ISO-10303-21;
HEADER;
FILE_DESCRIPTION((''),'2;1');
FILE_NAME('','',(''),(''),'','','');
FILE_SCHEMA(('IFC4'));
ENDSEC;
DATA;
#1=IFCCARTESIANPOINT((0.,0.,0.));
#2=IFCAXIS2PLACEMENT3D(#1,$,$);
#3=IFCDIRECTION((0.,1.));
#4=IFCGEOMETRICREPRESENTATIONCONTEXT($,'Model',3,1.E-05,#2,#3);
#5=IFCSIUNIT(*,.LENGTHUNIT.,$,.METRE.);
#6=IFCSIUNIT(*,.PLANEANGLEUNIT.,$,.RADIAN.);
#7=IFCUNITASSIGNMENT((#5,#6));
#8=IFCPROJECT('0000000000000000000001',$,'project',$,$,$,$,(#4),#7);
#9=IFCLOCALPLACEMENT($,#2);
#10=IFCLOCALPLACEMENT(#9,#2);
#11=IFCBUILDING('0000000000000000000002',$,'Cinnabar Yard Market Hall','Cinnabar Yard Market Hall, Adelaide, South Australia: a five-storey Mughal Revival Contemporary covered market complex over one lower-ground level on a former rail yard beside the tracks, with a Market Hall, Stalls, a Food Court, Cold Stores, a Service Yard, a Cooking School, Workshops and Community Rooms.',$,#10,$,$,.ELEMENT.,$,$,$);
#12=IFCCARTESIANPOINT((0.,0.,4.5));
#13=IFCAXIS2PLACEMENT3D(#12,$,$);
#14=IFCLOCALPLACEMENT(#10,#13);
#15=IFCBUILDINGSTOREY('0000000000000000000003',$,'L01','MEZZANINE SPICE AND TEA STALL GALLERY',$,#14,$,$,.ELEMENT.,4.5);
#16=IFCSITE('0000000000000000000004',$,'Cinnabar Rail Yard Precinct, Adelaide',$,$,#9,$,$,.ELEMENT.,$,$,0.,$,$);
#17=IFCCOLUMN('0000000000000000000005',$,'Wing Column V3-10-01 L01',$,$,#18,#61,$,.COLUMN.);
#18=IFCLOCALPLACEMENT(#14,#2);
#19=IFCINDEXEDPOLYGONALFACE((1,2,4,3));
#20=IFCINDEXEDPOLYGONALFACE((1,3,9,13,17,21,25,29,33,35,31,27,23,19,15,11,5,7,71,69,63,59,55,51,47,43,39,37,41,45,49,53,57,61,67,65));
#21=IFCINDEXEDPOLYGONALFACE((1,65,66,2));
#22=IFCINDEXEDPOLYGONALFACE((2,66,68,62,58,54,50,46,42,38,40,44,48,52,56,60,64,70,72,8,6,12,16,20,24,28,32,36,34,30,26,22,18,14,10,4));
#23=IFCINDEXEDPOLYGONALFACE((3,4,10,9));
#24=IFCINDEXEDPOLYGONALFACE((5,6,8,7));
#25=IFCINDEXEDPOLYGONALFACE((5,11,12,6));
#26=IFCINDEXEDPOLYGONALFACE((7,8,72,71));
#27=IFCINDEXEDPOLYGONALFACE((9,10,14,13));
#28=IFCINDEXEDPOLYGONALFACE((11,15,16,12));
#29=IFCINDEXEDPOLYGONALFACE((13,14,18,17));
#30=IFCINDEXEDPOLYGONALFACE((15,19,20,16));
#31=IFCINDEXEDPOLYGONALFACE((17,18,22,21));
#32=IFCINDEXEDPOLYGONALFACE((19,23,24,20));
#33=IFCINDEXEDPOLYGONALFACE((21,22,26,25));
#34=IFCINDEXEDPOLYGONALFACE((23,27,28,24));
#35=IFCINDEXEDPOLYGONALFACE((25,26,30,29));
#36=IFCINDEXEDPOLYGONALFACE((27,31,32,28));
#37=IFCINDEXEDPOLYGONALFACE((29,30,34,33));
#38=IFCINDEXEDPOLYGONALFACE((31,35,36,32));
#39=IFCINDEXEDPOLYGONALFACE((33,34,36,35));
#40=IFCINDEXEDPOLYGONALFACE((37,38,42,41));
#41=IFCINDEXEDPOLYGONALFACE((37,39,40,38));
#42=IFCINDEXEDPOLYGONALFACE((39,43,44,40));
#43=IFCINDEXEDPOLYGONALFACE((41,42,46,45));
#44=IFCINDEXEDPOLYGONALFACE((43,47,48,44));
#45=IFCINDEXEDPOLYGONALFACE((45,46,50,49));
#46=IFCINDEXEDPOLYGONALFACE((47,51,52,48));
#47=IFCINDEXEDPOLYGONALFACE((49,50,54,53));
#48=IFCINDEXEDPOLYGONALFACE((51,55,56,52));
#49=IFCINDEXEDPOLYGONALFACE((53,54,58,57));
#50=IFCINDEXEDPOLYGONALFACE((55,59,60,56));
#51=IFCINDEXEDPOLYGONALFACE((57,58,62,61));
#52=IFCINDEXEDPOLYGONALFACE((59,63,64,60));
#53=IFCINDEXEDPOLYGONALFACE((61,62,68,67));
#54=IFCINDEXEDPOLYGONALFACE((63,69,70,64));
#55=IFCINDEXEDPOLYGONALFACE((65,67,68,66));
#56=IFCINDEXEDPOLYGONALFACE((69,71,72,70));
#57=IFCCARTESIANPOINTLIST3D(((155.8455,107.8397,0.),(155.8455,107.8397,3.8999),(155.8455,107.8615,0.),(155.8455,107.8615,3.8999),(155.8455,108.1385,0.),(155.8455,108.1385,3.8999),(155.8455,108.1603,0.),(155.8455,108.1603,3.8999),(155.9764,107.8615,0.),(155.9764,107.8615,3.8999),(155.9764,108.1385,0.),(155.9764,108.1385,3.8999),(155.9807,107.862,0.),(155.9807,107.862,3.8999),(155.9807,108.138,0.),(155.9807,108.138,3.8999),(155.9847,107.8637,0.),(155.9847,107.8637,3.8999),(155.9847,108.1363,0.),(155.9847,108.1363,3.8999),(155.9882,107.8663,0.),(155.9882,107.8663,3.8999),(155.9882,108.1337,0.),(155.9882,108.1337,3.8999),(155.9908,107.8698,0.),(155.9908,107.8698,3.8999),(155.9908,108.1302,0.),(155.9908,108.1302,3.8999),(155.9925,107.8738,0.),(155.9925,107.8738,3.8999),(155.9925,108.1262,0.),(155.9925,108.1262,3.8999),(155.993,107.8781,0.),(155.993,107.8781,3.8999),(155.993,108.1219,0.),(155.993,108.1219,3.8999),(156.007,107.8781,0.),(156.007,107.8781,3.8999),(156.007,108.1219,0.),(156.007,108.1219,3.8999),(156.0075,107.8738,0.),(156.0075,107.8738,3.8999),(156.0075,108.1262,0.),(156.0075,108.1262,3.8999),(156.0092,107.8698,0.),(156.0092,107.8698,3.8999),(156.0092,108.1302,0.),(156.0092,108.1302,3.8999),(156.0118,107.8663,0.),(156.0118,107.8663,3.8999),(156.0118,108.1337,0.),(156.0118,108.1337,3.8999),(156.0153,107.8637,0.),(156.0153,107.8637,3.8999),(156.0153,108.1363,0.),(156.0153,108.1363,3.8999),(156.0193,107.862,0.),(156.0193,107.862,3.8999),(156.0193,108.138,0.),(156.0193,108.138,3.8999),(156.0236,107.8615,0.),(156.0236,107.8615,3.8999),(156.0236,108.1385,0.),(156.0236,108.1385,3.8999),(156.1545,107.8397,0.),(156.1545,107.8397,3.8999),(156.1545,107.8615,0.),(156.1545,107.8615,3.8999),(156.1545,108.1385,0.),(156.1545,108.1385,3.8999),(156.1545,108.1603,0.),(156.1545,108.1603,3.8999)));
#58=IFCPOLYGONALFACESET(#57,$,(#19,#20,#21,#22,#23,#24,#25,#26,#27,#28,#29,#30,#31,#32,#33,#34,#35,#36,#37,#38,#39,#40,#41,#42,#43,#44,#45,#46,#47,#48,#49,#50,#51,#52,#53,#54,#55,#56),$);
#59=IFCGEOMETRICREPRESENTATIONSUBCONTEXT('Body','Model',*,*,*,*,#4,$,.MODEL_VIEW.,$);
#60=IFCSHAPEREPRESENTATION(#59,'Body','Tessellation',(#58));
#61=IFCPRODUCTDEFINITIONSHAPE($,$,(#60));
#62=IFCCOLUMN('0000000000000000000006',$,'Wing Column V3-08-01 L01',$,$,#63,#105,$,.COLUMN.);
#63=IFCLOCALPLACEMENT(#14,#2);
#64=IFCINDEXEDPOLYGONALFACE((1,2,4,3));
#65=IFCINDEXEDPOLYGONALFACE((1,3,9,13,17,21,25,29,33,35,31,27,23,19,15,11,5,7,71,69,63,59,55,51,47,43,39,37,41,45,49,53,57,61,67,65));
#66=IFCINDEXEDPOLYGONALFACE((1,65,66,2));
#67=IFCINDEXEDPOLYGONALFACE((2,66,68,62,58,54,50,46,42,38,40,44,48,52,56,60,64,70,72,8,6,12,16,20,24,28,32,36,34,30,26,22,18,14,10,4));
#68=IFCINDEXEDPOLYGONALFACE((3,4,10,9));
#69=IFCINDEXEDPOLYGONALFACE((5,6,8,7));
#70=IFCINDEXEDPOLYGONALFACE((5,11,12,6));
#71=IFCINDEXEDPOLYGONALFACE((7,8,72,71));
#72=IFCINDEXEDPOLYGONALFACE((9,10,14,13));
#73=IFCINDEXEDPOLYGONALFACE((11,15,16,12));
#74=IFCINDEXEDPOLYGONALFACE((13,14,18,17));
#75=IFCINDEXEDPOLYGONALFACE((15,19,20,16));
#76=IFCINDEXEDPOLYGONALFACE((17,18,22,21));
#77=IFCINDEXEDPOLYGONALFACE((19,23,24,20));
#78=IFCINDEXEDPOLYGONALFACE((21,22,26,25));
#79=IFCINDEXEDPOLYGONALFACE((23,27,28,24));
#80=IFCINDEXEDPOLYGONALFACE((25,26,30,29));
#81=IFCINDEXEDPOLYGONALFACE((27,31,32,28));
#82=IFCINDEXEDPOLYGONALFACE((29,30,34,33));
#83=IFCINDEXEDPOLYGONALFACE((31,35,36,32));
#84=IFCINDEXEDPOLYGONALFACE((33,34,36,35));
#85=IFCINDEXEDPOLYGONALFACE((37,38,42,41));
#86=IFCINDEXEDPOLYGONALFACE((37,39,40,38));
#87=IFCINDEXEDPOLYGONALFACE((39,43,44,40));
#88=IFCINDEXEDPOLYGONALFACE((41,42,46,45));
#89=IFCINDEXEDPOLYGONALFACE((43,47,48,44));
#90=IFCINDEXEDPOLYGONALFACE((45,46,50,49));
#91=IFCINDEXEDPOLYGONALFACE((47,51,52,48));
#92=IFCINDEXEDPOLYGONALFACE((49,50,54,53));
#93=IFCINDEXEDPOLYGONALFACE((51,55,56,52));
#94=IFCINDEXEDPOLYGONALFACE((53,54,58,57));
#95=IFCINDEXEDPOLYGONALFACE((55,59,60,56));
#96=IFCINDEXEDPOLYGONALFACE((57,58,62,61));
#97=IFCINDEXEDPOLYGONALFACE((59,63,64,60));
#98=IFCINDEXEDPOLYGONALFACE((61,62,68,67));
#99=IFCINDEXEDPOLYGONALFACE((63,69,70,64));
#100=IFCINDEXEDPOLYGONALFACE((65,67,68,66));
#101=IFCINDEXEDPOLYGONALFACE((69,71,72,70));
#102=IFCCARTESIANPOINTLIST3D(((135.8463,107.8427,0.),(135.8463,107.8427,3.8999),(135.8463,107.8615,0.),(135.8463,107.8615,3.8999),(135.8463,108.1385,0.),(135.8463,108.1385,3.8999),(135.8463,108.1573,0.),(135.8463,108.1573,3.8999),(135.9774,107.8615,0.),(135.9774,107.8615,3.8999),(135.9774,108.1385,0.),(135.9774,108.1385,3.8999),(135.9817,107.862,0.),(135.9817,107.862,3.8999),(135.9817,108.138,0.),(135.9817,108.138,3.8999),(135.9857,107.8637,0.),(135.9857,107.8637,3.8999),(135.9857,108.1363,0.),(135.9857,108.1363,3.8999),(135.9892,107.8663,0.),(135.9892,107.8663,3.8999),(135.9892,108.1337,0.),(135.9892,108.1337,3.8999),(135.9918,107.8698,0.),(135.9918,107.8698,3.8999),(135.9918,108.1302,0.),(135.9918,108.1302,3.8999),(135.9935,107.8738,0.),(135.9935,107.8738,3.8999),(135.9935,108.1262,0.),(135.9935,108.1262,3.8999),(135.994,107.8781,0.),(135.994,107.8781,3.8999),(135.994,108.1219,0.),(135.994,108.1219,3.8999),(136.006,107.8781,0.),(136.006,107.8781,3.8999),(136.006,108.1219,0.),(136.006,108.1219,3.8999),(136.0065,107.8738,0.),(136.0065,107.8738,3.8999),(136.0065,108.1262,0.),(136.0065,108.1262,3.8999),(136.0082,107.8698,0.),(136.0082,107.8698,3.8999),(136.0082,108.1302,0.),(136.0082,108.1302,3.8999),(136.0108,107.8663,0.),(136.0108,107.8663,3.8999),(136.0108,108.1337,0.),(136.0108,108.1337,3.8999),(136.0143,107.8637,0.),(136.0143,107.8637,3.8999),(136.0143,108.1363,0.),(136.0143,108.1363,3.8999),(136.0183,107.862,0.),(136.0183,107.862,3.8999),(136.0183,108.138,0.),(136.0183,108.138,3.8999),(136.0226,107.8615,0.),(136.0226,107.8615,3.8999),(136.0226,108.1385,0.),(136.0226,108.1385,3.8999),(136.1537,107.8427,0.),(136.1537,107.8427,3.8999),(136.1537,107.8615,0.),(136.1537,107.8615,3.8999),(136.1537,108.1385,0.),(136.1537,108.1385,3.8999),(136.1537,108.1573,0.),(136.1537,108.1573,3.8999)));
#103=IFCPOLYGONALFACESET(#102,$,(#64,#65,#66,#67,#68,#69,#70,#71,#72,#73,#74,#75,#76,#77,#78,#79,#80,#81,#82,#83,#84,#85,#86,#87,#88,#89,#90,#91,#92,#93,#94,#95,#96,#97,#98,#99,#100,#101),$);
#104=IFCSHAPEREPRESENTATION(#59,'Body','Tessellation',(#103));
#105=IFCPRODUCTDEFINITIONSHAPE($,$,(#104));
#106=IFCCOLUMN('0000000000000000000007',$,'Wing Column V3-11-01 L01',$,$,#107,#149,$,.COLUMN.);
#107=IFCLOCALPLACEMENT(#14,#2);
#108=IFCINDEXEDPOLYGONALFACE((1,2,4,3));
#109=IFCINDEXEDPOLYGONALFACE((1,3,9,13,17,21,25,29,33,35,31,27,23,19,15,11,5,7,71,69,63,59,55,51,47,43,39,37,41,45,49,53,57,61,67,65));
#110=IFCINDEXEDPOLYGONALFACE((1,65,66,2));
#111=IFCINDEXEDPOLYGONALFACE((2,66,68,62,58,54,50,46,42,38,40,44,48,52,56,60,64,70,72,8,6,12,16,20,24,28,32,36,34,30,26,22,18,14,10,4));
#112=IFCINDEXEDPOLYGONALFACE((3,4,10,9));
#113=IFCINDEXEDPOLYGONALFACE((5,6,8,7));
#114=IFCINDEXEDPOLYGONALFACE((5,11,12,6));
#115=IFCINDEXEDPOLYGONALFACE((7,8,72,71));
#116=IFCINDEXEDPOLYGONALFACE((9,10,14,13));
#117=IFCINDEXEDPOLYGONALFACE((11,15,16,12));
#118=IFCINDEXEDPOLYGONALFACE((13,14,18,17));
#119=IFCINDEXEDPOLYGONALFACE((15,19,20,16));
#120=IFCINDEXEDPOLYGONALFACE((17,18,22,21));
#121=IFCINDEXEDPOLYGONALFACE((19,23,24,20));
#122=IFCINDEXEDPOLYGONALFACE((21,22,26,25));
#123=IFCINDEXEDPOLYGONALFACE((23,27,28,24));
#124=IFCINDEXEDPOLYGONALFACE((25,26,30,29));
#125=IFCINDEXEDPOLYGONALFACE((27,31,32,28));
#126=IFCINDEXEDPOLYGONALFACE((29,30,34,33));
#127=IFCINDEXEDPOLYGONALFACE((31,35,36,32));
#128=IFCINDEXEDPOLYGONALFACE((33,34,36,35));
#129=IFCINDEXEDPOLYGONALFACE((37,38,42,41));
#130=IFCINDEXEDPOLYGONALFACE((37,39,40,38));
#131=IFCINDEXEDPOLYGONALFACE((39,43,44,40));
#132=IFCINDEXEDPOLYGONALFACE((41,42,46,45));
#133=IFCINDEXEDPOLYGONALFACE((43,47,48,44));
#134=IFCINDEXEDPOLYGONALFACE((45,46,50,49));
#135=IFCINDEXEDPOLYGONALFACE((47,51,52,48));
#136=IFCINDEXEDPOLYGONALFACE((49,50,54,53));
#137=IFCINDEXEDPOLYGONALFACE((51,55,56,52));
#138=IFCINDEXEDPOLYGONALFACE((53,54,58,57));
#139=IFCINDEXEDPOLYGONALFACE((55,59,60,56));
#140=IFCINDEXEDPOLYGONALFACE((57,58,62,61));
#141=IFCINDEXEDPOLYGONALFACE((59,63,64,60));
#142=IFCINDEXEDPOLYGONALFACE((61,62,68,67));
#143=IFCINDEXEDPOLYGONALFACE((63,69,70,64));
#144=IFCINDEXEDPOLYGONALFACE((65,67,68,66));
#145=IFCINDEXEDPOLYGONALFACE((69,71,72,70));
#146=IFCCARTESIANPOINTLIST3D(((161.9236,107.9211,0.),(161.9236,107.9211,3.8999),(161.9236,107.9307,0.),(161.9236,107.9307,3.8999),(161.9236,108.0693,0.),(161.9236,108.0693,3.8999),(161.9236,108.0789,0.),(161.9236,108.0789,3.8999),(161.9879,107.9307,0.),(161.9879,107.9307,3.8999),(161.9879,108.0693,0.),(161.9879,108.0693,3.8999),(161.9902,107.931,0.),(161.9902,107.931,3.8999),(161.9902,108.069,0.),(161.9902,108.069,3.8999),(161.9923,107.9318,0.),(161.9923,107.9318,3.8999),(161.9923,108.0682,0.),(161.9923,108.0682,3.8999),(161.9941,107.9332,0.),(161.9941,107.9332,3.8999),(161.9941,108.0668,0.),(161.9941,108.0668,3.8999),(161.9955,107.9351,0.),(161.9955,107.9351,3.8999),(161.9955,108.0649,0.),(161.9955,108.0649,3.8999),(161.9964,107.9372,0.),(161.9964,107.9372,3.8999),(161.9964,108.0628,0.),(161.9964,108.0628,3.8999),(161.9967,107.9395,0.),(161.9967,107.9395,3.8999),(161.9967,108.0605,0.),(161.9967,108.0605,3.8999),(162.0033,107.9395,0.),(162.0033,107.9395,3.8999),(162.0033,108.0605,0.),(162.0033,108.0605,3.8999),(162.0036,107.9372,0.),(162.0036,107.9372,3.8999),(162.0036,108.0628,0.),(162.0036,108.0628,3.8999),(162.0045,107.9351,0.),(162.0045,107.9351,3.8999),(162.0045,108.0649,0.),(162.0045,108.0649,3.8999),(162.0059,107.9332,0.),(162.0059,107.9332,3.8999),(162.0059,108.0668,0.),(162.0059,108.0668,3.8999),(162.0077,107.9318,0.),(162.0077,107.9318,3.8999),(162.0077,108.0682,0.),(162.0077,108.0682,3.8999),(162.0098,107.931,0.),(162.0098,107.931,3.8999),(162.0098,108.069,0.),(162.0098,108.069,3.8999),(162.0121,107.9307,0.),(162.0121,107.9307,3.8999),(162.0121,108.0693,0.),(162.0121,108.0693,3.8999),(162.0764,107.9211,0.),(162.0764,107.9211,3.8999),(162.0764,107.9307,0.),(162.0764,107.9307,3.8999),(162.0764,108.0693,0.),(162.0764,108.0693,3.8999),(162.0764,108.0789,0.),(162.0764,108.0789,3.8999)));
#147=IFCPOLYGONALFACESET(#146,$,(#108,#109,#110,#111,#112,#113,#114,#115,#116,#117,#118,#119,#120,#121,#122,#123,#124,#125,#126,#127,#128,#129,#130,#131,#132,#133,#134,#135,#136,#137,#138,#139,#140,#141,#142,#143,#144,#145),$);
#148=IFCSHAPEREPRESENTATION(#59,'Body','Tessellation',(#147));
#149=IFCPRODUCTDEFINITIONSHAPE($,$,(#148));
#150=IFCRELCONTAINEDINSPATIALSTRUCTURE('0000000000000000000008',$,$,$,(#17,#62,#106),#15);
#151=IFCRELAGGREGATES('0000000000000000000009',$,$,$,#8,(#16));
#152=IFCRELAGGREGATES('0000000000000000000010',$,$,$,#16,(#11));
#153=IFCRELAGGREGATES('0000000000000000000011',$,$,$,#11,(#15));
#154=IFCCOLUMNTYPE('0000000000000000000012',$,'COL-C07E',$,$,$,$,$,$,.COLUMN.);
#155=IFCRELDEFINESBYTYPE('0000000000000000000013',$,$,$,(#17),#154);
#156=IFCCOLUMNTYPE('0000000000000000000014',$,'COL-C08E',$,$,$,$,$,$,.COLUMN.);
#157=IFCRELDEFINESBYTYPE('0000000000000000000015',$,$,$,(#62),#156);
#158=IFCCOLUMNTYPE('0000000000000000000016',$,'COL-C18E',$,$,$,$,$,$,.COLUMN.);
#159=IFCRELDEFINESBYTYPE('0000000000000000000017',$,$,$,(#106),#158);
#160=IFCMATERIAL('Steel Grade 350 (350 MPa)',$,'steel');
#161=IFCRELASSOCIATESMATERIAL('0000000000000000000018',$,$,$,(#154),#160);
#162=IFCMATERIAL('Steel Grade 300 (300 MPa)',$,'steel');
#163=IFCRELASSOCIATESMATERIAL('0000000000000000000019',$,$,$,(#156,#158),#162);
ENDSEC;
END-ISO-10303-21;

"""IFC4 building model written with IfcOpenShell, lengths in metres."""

from ifc_helpers import new_model, si_unit, direction, frame, origin, origin_2d_with_axis, place, context, subcontext, project, spatial, i_section, extrude, material, material_profile, profile_set, type_object, element, save


model = new_model("IFC4")

# Units and contexts
model_context = context("Model", 3, precision=1e-05, world=origin(), true_north=direction((0.0, 1.0)))
body_context = subcontext(model_context, "Body", "Model", "MODEL_VIEW")
ifc_project = project(units=[si_unit("LENGTHUNIT", "METRE"), si_unit("PLANEANGLEUNIT", "RADIAN")], contexts=[model_context])

# Site, building, storey
site_placement = place(None, origin())
site = spatial("IfcSite", under=ifc_project, at=site_placement, Name="Cinnabar Rail Yard Precinct, Adelaide", CompositionType="ELEMENT", RefElevation=0.0)
building_placement = place(site_placement, origin())
building = spatial("IfcBuilding", under=site, at=building_placement, Name="Cinnabar Yard Market Hall", Description="Cinnabar Yard Market Hall, Adelaide, South Australia: a five-storey Mughal Revival Contemporary covered market complex over one lower-ground level on a former rail yard beside the tracks, with a Market Hall, Stalls, a Food Court, Cold Stores, a Service Yard, a Cooking School, Workshops and Community Rooms.", CompositionType="ELEMENT")
storey_placement = place(building_placement, frame((0.0, 0.0, 4.5)))
storey = spatial("IfcBuildingStorey", under=building, at=storey_placement, Name="L01", Description="MEZZANINE SPICE AND TEA STALL GALLERY", CompositionType="ELEMENT", Elevation=4.5)

# Columns
ifc_material_1 = material(Name="Steel Grade 350 (350 MPa)", Category="steel")
ifc_material_profile_1 = material_profile(ifc_material_1, i_section(OverallWidth=0.3091, OverallDepth=0.3206, WebThickness=0.0139, FlangeThickness=0.0217, FilletRadius=0.0166, at=origin_2d_with_axis()), Name="310UC137")
ifc_profile_set_1 = profile_set([ifc_material_profile_1], Name="Steel Grade 350 (350 MPa)")
column_type_1 = type_object("IfcColumnType", Name="COL-C07E", PredefinedType="COLUMN", material=ifc_profile_set_1)
column_1_placement = place(storey_placement, frame((156.0, 108.0, 0.0), z_axis=(0.0, 0.0, 1.0), x_axis=(1.0, 0.0, 0.0)))
element("IfcColumn", 1, at=column_1_placement, inside=storey, type_object=column_type_1, Name="Wing Column V3-10-01 L01", PredefinedType="COLUMN", context=body_context, shape_type="SweptSolid", body=[
    extrude(i_section(OverallWidth=0.3091, OverallDepth=0.3206, WebThickness=0.0139, FlangeThickness=0.0217, FilletRadius=0.0166, at=origin_2d_with_axis()), origin(), (0.0, 0.0, 1.0), 3.8999),
])
ifc_material_2 = material(Name="Steel Grade 300 (300 MPa)", Category="steel")
ifc_material_profile_2 = material_profile(ifc_material_2, i_section(OverallWidth=0.3074, OverallDepth=0.3147, WebThickness=0.012, FlangeThickness=0.0188, FilletRadius=0.0166, at=origin_2d_with_axis()), Name="310UC118")
ifc_profile_set_2 = profile_set([ifc_material_profile_2], Name="Steel Grade 300 (300 MPa)")
column_type_2 = type_object("IfcColumnType", Name="COL-C08E", PredefinedType="COLUMN", material=ifc_profile_set_2)
column_2_placement = place(storey_placement, frame((136.0, 108.0, 0.0), z_axis=(0.0, 0.0, 1.0), x_axis=(1.0, 0.0, 0.0)))
element("IfcColumn", 2, at=column_2_placement, inside=storey, type_object=column_type_2, Name="Wing Column V3-08-01 L01", PredefinedType="COLUMN", context=body_context, shape_type="SweptSolid", body=[
    extrude(i_section(OverallWidth=0.3074, OverallDepth=0.3147, WebThickness=0.012, FlangeThickness=0.0188, FilletRadius=0.0166, at=origin_2d_with_axis()), origin(), (0.0, 0.0, 1.0), 3.8999),
])
ifc_material_profile_3 = material_profile(ifc_material_2, i_section(OverallWidth=0.1528, OverallDepth=0.1577, WebThickness=0.0066, FlangeThickness=0.0095, FilletRadius=0.0088, at=origin_2d_with_axis()), Name="150UC30.0")
ifc_profile_set_3 = profile_set([ifc_material_profile_3], Name="Steel Grade 300 (300 MPa)")
column_type_3 = type_object("IfcColumnType", Name="COL-C18E", PredefinedType="COLUMN", material=ifc_profile_set_3)
column_3_placement = place(storey_placement, frame((162.0, 108.0, 0.0), z_axis=(0.0, 0.0, 1.0), x_axis=(1.0, 0.0, 0.0)))
element("IfcColumn", 3, at=column_3_placement, inside=storey, type_object=column_type_3, Name="Wing Column V3-11-01 L01", PredefinedType="COLUMN", context=body_context, shape_type="SweptSolid", body=[
    extrude(i_section(OverallWidth=0.1528, OverallDepth=0.1577, WebThickness=0.0066, FlangeThickness=0.0095, FilletRadius=0.0088, at=origin_2d_with_axis()), origin(), (0.0, 0.0, 1.0), 3.8999),
])

save(model, "model.ifc")
